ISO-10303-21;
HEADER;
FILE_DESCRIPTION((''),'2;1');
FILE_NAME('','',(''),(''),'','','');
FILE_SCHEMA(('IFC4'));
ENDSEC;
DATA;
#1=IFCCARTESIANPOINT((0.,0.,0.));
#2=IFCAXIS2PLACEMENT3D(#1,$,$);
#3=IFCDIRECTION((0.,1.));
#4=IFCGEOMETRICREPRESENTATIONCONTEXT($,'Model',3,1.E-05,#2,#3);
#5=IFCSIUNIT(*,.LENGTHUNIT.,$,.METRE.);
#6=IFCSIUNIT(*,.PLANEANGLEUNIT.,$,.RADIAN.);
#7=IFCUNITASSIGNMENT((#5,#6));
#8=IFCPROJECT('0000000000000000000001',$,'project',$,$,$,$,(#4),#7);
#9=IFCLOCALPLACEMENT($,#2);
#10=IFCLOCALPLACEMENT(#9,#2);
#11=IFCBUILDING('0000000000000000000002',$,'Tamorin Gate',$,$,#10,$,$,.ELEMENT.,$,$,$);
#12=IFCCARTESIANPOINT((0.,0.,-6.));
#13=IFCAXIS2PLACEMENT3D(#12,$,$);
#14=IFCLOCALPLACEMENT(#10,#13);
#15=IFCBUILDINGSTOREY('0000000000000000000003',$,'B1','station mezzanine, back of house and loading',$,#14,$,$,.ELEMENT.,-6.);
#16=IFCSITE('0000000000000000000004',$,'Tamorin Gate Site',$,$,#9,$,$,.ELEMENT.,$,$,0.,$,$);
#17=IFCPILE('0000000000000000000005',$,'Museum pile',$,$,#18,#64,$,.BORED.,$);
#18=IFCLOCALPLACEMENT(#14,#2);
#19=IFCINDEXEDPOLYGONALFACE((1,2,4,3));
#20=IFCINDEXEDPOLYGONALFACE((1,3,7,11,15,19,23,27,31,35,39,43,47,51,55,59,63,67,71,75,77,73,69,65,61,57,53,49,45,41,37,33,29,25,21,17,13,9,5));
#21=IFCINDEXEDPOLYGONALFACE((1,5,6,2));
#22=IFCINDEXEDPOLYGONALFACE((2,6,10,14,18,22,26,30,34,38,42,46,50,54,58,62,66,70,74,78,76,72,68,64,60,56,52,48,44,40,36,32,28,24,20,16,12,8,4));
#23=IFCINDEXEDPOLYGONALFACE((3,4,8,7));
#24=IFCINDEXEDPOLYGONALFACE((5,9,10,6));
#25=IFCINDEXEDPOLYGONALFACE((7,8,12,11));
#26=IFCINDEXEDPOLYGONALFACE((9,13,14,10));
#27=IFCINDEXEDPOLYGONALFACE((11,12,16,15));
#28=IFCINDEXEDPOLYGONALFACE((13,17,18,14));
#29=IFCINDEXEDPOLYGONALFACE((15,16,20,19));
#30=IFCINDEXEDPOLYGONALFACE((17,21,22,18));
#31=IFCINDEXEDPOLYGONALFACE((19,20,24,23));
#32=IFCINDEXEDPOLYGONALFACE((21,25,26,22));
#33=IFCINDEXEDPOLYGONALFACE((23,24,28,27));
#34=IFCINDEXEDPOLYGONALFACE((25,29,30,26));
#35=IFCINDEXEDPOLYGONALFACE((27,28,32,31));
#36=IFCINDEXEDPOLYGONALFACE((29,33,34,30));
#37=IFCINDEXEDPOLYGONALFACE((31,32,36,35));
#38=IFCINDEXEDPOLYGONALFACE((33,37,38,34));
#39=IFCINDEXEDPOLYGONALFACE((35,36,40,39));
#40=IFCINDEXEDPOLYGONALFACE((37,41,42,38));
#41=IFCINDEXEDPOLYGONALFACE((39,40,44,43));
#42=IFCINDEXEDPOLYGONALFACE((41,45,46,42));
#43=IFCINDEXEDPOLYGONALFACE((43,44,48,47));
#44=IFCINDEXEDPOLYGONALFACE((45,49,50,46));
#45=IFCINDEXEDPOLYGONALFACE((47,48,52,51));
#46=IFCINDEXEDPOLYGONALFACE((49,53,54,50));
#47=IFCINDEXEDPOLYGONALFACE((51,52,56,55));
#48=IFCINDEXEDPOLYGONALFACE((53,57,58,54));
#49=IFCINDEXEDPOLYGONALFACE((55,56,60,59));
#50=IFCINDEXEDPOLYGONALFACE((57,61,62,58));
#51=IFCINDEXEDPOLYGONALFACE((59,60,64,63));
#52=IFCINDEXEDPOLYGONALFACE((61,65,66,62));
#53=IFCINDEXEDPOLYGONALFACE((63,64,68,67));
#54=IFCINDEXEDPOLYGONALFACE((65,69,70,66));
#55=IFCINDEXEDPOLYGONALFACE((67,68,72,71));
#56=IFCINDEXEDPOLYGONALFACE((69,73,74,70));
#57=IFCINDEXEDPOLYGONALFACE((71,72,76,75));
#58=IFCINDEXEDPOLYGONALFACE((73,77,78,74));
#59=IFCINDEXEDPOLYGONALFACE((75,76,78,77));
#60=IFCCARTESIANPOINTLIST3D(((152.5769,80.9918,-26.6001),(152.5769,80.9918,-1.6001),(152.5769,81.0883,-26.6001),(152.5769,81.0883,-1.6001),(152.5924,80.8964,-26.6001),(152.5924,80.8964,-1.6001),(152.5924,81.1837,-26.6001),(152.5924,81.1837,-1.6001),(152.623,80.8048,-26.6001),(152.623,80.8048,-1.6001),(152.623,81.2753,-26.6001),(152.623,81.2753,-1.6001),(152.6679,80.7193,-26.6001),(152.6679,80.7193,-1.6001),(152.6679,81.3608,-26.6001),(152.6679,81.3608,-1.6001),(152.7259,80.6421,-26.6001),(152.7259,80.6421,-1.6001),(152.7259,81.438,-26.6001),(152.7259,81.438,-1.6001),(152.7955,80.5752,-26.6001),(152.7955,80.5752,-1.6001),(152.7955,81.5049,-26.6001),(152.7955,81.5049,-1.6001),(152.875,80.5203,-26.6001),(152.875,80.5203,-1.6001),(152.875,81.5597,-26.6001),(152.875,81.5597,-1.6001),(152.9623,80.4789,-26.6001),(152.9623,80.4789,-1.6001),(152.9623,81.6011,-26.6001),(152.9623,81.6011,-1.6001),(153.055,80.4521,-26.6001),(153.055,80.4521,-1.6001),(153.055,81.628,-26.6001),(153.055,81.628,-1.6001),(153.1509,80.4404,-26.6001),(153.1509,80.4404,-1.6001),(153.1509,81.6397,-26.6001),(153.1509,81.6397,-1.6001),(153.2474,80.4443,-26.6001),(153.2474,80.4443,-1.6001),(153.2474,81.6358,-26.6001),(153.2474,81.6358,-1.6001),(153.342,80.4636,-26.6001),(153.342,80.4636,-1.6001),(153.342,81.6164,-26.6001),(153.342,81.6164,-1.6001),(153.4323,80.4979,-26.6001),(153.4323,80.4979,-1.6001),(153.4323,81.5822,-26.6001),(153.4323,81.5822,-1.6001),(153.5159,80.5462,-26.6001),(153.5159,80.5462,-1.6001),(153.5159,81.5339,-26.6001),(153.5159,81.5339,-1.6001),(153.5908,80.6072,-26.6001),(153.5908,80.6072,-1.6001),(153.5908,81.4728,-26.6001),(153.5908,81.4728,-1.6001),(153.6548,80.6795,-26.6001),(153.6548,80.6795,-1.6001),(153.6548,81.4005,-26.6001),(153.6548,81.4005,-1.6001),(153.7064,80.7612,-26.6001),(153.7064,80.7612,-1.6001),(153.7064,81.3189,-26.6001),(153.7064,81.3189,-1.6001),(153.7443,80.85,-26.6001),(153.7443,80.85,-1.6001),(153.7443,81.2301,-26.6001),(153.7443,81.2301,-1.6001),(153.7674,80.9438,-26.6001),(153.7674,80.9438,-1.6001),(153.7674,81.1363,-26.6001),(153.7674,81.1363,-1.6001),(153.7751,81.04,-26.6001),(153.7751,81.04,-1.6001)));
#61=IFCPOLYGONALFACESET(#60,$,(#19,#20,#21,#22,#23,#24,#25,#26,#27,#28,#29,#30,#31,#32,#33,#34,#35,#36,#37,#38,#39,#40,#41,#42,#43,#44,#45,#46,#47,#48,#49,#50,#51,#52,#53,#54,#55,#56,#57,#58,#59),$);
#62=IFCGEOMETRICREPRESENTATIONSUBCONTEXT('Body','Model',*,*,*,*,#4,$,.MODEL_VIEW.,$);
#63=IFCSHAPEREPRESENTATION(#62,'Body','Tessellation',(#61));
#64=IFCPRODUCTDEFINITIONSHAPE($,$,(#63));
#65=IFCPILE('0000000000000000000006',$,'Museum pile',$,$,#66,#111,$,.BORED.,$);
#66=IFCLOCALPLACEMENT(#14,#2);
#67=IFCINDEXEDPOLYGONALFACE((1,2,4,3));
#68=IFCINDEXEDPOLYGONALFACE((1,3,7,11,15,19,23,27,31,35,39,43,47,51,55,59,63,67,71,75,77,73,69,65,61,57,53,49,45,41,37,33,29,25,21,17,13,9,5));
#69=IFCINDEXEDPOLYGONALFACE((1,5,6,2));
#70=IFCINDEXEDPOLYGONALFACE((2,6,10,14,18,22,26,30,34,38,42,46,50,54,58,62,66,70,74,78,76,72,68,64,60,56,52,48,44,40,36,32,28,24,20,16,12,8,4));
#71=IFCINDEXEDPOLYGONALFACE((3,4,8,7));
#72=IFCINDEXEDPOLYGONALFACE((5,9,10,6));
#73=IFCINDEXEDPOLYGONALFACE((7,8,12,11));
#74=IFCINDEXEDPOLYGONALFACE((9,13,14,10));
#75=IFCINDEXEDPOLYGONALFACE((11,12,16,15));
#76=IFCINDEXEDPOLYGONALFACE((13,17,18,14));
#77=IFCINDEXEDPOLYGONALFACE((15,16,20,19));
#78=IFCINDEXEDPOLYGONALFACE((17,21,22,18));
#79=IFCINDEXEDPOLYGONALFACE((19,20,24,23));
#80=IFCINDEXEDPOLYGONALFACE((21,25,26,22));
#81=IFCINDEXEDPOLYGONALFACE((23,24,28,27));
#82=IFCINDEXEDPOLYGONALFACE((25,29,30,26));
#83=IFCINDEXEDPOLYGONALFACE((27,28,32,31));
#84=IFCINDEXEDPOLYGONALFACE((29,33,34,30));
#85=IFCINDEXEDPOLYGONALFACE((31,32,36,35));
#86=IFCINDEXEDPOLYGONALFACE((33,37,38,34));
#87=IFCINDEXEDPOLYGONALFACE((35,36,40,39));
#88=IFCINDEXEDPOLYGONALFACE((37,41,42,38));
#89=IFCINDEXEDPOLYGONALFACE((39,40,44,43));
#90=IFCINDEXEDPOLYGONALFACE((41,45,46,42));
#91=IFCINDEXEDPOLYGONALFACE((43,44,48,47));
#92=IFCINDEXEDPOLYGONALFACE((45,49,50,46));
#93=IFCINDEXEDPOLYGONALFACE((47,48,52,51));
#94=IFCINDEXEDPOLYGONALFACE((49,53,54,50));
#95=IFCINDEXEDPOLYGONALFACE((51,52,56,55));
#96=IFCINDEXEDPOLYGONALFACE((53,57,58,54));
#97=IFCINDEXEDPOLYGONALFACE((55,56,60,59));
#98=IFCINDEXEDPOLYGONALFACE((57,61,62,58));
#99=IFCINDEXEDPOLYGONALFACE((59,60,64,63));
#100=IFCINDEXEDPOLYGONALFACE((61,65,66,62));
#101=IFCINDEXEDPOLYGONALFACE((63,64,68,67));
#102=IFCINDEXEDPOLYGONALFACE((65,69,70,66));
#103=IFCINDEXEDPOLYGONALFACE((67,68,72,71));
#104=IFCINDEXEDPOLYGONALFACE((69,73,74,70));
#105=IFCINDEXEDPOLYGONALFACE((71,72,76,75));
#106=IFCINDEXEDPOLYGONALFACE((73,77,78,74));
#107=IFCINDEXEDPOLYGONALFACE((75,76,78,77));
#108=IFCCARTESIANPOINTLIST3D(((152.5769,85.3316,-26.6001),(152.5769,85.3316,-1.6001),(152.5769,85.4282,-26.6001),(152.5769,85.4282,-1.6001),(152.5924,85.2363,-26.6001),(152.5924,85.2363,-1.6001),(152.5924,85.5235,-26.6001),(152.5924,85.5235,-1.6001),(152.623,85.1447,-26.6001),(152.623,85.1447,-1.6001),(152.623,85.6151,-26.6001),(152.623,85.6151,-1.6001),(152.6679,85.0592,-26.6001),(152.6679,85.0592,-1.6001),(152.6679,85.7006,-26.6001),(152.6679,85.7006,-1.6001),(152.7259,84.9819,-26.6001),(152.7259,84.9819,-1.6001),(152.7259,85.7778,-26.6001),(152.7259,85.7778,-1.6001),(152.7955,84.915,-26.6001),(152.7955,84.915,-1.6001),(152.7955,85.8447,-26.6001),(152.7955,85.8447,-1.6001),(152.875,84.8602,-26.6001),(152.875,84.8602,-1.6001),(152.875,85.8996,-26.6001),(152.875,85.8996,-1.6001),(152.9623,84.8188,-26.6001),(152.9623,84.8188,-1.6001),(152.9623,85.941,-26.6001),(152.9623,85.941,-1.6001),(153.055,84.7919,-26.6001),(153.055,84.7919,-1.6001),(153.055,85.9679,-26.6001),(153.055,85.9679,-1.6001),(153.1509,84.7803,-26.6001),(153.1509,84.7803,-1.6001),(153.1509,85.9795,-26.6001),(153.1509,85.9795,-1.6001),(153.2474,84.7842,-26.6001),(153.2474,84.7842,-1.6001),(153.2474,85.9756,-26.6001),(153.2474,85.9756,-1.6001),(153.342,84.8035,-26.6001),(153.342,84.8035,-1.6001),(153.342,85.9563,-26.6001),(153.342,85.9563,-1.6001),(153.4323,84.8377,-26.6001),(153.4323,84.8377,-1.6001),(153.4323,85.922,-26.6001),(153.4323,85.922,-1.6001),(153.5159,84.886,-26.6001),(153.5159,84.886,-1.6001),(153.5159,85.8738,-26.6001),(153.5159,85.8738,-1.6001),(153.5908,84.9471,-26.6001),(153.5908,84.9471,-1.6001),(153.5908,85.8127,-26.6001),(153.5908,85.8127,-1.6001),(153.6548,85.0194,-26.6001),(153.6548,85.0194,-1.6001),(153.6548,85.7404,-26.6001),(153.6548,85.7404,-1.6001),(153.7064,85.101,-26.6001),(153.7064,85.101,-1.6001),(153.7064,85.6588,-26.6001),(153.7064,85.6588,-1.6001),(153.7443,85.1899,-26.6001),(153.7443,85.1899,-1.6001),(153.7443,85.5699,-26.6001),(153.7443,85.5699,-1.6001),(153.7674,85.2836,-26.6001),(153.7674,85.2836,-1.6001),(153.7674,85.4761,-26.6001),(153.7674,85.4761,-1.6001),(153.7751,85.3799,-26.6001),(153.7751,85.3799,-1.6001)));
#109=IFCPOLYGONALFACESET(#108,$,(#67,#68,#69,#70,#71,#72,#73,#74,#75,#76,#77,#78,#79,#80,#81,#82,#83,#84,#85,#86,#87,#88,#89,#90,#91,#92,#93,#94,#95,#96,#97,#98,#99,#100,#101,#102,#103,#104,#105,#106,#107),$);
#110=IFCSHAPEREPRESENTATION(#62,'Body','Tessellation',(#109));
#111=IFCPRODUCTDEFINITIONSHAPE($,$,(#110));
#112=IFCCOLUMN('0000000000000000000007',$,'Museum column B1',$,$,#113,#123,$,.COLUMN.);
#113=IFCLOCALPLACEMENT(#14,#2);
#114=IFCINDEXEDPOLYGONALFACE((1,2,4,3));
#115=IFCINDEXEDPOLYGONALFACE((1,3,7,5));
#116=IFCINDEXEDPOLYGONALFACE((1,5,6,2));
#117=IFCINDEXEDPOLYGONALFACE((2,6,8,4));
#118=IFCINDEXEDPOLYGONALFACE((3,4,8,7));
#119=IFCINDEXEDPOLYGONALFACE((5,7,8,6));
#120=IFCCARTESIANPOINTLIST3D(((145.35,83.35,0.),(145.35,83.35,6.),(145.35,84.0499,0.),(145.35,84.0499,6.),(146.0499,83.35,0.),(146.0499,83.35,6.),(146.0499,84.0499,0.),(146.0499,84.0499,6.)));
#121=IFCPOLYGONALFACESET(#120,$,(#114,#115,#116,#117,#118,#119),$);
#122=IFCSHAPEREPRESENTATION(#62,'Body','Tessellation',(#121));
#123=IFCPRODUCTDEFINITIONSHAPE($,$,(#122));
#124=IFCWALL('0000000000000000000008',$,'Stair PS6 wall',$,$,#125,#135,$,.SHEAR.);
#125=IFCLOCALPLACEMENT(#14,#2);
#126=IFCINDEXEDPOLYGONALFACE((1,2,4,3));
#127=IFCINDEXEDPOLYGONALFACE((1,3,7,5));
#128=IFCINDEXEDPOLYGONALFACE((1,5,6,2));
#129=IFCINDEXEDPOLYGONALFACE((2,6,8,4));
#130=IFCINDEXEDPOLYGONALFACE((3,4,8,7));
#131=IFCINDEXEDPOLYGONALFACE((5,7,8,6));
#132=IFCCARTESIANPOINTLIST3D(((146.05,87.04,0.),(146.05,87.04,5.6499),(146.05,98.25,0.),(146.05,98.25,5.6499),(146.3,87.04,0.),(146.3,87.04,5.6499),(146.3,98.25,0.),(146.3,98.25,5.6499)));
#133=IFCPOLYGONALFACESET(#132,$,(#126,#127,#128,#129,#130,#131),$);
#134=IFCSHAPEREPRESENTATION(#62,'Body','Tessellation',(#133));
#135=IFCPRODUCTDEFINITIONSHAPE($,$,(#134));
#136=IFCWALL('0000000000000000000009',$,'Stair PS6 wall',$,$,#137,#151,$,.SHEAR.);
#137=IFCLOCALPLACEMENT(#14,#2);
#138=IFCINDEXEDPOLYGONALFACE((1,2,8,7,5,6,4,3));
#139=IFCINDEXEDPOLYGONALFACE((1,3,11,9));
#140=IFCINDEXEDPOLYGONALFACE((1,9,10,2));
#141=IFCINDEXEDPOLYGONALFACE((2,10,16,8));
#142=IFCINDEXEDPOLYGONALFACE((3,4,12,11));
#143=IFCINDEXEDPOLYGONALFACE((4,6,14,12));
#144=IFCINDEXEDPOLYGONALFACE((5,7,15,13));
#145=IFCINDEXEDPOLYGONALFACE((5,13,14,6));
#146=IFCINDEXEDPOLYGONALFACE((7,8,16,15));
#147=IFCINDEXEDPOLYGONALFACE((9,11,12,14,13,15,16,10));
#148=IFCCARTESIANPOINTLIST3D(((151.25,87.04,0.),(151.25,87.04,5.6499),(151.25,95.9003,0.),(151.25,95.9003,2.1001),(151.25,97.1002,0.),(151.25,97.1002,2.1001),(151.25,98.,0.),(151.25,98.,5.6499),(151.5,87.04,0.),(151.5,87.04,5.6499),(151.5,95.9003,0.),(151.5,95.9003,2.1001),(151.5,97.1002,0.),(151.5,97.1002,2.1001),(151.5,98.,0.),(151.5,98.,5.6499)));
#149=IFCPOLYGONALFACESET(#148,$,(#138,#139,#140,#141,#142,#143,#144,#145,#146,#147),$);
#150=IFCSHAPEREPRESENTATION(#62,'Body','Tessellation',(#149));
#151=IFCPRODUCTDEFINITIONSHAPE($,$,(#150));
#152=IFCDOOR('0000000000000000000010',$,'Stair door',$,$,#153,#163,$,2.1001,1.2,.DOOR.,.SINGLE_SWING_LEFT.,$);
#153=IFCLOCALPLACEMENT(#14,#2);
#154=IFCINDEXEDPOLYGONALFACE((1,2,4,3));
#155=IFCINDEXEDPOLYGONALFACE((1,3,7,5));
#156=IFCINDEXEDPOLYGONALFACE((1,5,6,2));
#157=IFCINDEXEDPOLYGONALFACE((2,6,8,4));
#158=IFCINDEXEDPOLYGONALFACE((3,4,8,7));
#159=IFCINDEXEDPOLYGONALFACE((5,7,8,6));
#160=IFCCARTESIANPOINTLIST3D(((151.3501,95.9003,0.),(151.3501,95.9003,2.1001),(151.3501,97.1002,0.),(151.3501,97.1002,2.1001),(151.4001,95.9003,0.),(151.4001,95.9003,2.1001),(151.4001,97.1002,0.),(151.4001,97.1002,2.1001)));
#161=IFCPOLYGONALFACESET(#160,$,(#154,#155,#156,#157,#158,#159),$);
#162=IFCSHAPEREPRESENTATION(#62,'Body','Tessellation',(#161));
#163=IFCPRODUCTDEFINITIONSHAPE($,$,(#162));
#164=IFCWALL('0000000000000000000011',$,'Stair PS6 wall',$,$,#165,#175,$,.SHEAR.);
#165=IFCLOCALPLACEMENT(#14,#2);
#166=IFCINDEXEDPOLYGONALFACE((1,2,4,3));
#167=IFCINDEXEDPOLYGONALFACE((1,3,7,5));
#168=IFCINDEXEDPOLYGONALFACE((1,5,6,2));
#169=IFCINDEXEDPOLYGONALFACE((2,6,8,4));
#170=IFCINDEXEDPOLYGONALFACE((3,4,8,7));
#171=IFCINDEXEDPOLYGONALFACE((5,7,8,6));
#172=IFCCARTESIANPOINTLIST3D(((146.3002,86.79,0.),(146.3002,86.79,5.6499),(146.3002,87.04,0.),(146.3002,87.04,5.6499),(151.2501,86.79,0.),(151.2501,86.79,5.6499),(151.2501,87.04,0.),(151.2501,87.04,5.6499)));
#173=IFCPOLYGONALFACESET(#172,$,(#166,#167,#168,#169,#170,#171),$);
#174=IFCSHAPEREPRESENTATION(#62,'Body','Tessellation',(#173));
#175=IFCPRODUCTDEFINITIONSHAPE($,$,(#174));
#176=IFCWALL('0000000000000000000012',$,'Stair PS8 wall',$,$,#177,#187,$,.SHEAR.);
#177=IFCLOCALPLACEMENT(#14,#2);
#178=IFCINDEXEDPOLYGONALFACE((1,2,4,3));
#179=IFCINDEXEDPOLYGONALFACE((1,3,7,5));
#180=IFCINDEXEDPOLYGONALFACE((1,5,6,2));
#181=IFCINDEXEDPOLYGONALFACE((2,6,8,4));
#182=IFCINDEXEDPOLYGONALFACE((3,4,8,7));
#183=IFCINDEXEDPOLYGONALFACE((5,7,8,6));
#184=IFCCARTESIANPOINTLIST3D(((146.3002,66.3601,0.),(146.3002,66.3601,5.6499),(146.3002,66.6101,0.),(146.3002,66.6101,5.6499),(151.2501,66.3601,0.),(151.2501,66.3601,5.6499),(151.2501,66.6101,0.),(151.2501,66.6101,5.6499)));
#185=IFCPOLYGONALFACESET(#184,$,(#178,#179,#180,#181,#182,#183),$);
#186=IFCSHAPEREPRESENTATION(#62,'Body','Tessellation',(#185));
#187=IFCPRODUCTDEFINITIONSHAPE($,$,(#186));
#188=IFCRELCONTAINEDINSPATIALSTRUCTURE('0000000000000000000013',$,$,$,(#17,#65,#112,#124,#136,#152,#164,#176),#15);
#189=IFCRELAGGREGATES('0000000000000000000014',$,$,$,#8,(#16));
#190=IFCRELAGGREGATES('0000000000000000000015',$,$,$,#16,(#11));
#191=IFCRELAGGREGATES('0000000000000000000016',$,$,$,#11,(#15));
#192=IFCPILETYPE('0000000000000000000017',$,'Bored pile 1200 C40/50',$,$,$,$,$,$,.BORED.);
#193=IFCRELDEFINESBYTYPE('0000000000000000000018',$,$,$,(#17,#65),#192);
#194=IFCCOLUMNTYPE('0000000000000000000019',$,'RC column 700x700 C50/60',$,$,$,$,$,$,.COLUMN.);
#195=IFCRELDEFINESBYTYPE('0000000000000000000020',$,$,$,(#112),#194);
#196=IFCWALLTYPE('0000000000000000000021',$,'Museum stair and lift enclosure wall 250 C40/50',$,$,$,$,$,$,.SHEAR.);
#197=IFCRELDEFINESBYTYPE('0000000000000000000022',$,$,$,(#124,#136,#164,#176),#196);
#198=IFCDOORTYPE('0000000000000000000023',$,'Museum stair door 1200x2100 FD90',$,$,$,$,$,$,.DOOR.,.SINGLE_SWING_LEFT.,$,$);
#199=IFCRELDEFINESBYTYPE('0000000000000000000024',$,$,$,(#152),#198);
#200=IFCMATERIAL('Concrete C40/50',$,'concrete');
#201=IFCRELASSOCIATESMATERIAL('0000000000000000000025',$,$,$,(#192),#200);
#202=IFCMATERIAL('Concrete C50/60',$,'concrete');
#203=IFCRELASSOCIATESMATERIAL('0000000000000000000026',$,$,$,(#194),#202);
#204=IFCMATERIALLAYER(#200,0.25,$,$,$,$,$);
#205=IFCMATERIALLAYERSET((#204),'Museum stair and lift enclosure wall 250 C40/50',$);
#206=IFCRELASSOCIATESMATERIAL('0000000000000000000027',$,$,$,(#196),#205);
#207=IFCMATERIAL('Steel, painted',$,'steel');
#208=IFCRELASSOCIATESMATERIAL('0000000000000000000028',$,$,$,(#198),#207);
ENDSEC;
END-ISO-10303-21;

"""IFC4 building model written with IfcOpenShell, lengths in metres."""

from ifc_helpers import new_model, si_unit, direction, frame, frame_2d, origin, origin_2d, place, context, subcontext, project, spatial, rectangle, circle, extrude, material, layer, layer_set, material_profile, profile_set, type_object, element, fill, save


model = new_model("IFC4")

# Units and contexts
model_context = context("Model", 3, precision=1e-05, world=origin(), true_north=direction((0.0, 1.0)))
body_context = subcontext(model_context, "Body", "Model", "MODEL_VIEW")
ifc_project = project(units=[si_unit("LENGTHUNIT", "METRE"), si_unit("PLANEANGLEUNIT", "RADIAN")], contexts=[model_context])

# Site, building, storey
site_placement = place(None, origin())
site = spatial("IfcSite", under=ifc_project, at=site_placement, Name="Tamorin Gate Site", CompositionType="ELEMENT", RefElevation=0.0)
building_placement = place(site_placement, origin())
building = spatial("IfcBuilding", under=site, at=building_placement, Name="Tamorin Gate", CompositionType="ELEMENT")
storey_placement = place(building_placement, frame((0.0, 0.0, -6.0)))
storey = spatial("IfcBuildingStorey", under=building, at=storey_placement, Name="B1", Description="station mezzanine, back of house and loading", CompositionType="ELEMENT", Elevation=-6.0)

# Piles
ifc_material_1 = material(Name="Concrete C40/50", Category="concrete")
ifc_material_profile_1 = material_profile(ifc_material_1, circle(Radius=0.6001, at=origin_2d()))
ifc_profile_set_1 = profile_set([ifc_material_profile_1], Name="Concrete C40/50")
pile_type = type_object("IfcPileType", Name="Bored pile 1200 C40/50", PredefinedType="BORED", material=ifc_profile_set_1)
for number, where, z_axis, x_axis, name in (
    (1, (153.175, 81.04, -1.6001), (0.0, 0.0, -1.0), (1.0, 0.0, 0.0), "Museum pile"),
    (2, (153.175, 85.3799, -1.6001), (0.0, 0.0, -1.0), (1.0, 0.0, 0.0), "Museum pile"),
):
    element("IfcPile", number, at=place(storey_placement, frame(where, z_axis=z_axis, x_axis=x_axis)), inside=storey, type_object=pile_type, Name=name, PredefinedType="BORED", context=body_context, shape_type="SweptSolid", body=[
        extrude(circle(Radius=0.6001, at=origin_2d()), origin(), (0.0, 0.0, 1.0), 25.0),
    ])

# Column
ifc_material_2 = material(Name="Concrete C50/60", Category="concrete")
ifc_material_profile_2 = material_profile(ifc_material_2, rectangle(XDim=0.7, YDim=0.7, at=origin_2d()), Name="RC 700x700")
ifc_profile_set_2 = profile_set([ifc_material_profile_2], Name="Concrete C50/60")
column_type = type_object("IfcColumnType", Name="RC column 700x700 C50/60", PredefinedType="COLUMN", material=ifc_profile_set_2)
column_placement = place(storey_placement, frame((145.7, 83.7, 0.0), z_axis=(0.0, 0.0, 1.0), x_axis=(1.0, 0.0, 0.0)))
element("IfcColumn", 3, at=column_placement, inside=storey, type_object=column_type, Name="Museum column B1", PredefinedType="COLUMN", context=body_context, shape_type="SweptSolid", body=[
    extrude(rectangle(XDim=0.7, YDim=0.7, at=origin_2d()), origin(), (0.0, 0.0, 1.0), 6.0),
])

# Wall
ifc_layer = layer(ifc_material_1, 0.25)
ifc_layer_set = layer_set([ifc_layer], Name="Museum stair and lift enclosure wall 250 C40/50")
wall_type = type_object("IfcWallType", Name="Museum stair and lift enclosure wall 250 C40/50", PredefinedType="SHEAR", material=ifc_layer_set)
wall_1_placement = place(storey_placement, frame((146.175, 87.04, 0.0), z_axis=(0.0, 0.0, 1.0), x_axis=(0.0, 1.0, 0.0)))
element("IfcWall", 4, at=wall_1_placement, inside=storey, type_object=wall_type, Name="Stair PS6 wall", PredefinedType="SHEAR", context=body_context, shape_type="SweptSolid", body=[
    extrude(rectangle(XDim=11.21, YDim=0.25, at=frame_2d((5.605, 0.0))), origin(), (0.0, 0.0, 1.0), 5.6499),
])

# Wall, opening, door
wall_2_placement = place(storey_placement, frame((151.375, 87.04, 0.0), z_axis=(0.0, 0.0, 1.0), x_axis=(0.0, 1.0, 0.0)))
wall_2 = element("IfcWall", 5, at=wall_2_placement, inside=storey, type_object=wall_type, Name="Stair PS6 wall", PredefinedType="SHEAR", context=body_context, shape_type="SweptSolid", body=[
    extrude(rectangle(XDim=10.96, YDim=0.25, at=frame_2d((5.48, 0.0))), origin(), (0.0, 0.0, 1.0), 5.6499),
])
opening_placement = place(wall_2_placement, frame((8.8601, 0.0, 0.0)))
opening = element("IfcOpeningElement", 6, at=opening_placement, cuts=wall_2, PredefinedType="OPENING", context=body_context, shape_type="SweptSolid", body=[
    extrude(rectangle(XDim=1.2, YDim=2.1001, at=frame_2d((0.6001, 1.05))), frame((0.0, 0.135, 0.0), z_axis=(0.0, -1.0, 0.0), x_axis=(1.0, 0.0, 0.0)), (0.0, 0.0, 1.0), 0.27),
])
ifc_material_3 = material(Name="Steel, painted", Category="steel")
door_type = type_object("IfcDoorType", Name="Museum stair door 1200x2100 FD90", OperationType="SINGLE_SWING_LEFT", PredefinedType="DOOR", material=ifc_material_3)
door_placement = place(opening_placement, origin())
door = element("IfcDoor", 7, at=door_placement, inside=storey, type_object=door_type, Name="Stair door", OperationType="SINGLE_SWING_LEFT", OverallHeight=2.1001, OverallWidth=1.2, PredefinedType="DOOR", context=body_context, shape_type="SweptSolid", body=[
    extrude(rectangle(XDim=1.2, YDim=2.1001, at=frame_2d((0.6001, 1.05))), frame((0.0, 0.0249, 0.0), z_axis=(0.0, -1.0, 0.0), x_axis=(1.0, 0.0, 0.0)), (0.0, 0.0, 1.0), 0.05),
])
fill(opening, door)

# Walls
for number, where, z_axis, x_axis, name in (
    (8, (146.3, 86.915, 0.0), (0.0, 0.0, 1.0), (1.0, 0.0, 0.0), "Stair PS6 wall"),
    (9, (146.3, 66.4851, 0.0), (0.0, 0.0, 1.0), (1.0, 0.0, 0.0), "Stair PS8 wall"),
):
    element("IfcWall", number, at=place(storey_placement, frame(where, z_axis=z_axis, x_axis=x_axis)), inside=storey, type_object=wall_type, Name=name, PredefinedType="SHEAR", context=body_context, shape_type="SweptSolid", body=[
        extrude(rectangle(XDim=4.95, YDim=0.25, at=frame_2d((2.4751, 0.0))), origin(), (0.0, 0.0, 1.0), 5.6499),
    ])

save(model, "model.ifc")
